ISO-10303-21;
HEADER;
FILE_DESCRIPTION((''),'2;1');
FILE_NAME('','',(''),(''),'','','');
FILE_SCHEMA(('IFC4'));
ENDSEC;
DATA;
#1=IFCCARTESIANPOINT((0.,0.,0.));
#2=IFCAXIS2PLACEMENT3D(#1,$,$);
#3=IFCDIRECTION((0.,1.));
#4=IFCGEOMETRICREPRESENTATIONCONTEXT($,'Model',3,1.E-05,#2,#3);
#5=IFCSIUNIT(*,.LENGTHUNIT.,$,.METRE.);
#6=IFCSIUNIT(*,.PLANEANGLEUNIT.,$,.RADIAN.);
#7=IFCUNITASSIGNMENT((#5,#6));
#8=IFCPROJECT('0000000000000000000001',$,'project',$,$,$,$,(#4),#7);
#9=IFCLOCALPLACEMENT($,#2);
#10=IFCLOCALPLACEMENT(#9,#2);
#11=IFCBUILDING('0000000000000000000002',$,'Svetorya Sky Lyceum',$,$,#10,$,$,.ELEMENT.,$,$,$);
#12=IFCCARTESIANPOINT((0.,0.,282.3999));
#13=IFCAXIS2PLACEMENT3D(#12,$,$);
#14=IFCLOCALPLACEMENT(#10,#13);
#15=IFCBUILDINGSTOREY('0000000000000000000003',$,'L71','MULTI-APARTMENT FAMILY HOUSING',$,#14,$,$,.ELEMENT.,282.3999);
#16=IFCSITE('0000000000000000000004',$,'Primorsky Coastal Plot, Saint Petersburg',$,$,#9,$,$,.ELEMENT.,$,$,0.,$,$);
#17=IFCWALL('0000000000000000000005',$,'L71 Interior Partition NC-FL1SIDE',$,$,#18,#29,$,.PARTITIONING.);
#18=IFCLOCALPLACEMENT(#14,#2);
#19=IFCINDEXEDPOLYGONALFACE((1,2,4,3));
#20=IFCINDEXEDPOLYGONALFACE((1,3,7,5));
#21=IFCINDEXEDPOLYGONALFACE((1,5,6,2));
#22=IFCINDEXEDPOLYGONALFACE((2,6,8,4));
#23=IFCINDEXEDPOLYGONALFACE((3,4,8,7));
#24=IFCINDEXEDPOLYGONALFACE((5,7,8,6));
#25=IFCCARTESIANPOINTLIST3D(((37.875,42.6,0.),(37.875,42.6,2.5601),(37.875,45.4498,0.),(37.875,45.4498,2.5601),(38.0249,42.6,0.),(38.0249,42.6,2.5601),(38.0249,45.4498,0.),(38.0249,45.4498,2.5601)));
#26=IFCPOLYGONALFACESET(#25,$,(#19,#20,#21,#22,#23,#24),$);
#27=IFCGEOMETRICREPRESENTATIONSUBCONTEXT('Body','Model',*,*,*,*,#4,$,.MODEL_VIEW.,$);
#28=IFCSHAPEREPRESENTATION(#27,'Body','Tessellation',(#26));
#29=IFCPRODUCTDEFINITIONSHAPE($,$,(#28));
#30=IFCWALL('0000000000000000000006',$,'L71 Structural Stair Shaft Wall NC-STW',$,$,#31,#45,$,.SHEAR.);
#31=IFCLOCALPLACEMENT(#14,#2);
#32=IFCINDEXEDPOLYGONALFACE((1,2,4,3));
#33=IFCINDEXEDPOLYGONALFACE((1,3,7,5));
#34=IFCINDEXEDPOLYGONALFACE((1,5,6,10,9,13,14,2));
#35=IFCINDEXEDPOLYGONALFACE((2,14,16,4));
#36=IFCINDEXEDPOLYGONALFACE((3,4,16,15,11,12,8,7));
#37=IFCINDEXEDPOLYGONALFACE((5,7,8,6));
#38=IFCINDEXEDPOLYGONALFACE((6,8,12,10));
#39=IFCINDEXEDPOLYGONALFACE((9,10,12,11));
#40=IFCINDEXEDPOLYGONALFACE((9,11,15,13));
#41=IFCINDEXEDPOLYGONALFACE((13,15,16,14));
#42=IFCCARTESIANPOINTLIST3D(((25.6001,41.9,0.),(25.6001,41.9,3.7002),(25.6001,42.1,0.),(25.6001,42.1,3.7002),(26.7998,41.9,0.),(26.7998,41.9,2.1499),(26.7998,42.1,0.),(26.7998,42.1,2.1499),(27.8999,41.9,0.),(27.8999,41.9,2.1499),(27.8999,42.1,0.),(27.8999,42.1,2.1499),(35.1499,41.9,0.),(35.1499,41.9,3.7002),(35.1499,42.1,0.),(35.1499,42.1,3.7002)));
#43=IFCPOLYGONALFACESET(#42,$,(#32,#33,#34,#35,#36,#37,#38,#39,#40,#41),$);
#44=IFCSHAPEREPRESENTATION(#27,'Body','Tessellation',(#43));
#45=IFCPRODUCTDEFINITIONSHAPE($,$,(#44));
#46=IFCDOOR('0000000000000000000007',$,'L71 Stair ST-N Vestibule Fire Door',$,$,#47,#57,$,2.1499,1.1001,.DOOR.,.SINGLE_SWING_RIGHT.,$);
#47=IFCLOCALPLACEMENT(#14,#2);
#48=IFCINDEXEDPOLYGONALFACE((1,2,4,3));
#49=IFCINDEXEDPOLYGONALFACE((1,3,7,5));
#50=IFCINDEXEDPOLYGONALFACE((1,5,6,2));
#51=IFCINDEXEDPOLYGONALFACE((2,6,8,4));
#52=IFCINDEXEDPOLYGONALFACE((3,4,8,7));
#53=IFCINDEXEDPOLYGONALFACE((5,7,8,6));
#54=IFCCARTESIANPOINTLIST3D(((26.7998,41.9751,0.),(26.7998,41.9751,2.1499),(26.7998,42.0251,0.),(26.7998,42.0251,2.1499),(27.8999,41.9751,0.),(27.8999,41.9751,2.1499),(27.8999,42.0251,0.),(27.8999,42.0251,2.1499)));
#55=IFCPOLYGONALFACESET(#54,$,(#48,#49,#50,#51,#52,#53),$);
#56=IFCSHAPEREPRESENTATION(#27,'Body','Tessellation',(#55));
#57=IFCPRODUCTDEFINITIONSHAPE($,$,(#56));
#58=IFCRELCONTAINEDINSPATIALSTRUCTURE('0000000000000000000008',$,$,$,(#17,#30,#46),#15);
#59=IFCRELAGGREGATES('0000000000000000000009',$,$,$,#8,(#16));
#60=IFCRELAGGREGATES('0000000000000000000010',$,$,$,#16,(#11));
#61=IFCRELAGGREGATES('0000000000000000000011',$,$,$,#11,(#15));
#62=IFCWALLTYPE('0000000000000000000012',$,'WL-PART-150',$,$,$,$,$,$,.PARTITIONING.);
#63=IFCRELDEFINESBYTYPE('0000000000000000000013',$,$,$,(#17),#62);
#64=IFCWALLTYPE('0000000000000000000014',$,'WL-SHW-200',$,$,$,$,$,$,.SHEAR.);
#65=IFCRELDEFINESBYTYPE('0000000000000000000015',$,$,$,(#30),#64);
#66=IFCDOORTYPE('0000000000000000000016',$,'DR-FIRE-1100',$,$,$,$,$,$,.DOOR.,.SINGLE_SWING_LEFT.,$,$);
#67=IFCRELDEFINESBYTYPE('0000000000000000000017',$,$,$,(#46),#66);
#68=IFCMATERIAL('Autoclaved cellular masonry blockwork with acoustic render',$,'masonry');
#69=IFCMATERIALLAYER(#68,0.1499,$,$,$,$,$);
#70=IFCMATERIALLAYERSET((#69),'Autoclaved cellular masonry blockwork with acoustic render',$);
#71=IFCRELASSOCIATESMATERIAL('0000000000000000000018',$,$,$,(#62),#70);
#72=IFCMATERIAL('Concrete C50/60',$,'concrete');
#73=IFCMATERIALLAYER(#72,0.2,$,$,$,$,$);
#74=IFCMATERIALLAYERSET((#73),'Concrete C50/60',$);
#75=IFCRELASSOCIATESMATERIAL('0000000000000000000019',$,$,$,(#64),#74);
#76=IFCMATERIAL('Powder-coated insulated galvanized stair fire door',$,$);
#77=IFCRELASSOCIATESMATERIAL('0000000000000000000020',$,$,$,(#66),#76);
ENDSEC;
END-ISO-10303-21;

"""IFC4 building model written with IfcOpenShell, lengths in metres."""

from ifc_helpers import new_model, si_unit, direction, frame, frame_2d, origin, place, context, subcontext, project, spatial, rectangle, extrude, material, layer, layer_set, type_object, element, fill, save


model = new_model("IFC4")

# Units and contexts
model_context = context("Model", 3, precision=1e-05, world=origin(), true_north=direction((0.0, 1.0)))
body_context = subcontext(model_context, "Body", "Model", "MODEL_VIEW")
ifc_project = project(units=[si_unit("LENGTHUNIT", "METRE"), si_unit("PLANEANGLEUNIT", "RADIAN")], contexts=[model_context])

# Site, building, storey
site_placement = place(None, origin())
site = spatial("IfcSite", under=ifc_project, at=site_placement, Name="Primorsky Coastal Plot, Saint Petersburg", CompositionType="ELEMENT", RefElevation=0.0)
building_placement = place(site_placement, origin())
building = spatial("IfcBuilding", under=site, at=building_placement, Name="Svetorya Sky Lyceum", CompositionType="ELEMENT")
storey_placement = place(building_placement, frame((0.0, 0.0, 282.3999)))
storey = spatial("IfcBuildingStorey", under=building, at=storey_placement, Name="L71", Description="MULTI-APARTMENT FAMILY HOUSING", CompositionType="ELEMENT", Elevation=282.3999)

# Shared definitions
ifc_material_1 = material(Name="Autoclaved cellular masonry blockwork with acoustic render", Category="masonry")
ifc_layer_1 = layer(ifc_material_1, 0.1499)
ifc_layer_set_1 = layer_set([ifc_layer_1], Name="Autoclaved cellular masonry blockwork with acoustic render")
wall_type_1 = type_object("IfcWallType", Name="WL-PART-150", PredefinedType="PARTITIONING", material=ifc_layer_set_1)

# Wall
wall_1_placement = place(storey_placement, frame((37.95, 42.6001, 0.0), z_axis=(0.0, 0.0, 1.0), x_axis=(0.0, 1.0, 0.0)))
element("IfcWall", 1, at=wall_1_placement, inside=storey, type_object=wall_type_1, Name="L71 Interior Partition NC-FL1SIDE", PredefinedType="PARTITIONING", context=body_context, shape_type="SweptSolid", body=[
    extrude(rectangle(XDim=2.8499, YDim=0.1499, at=frame_2d((1.4248, 0.0))), origin(), (0.0, 0.0, 1.0), 2.5601),
])

# Wall, opening, door
ifc_material_2 = material(Name="Concrete C50/60", Category="concrete")
ifc_layer_2 = layer(ifc_material_2, 0.2)
ifc_layer_set_2 = layer_set([ifc_layer_2], Name="Concrete C50/60")
wall_type_2 = type_object("IfcWallType", Name="WL-SHW-200", PredefinedType="SHEAR", material=ifc_layer_set_2)
wall_2_placement = place(storey_placement, frame((35.1499, 42.0, 0.0), z_axis=(0.0, 0.0, 1.0), x_axis=(-1.0, 0.0, 0.0)))
wall_2 = element("IfcWall", 2, at=wall_2_placement, inside=storey, type_object=wall_type_2, Name="L71 Structural Stair Shaft Wall NC-STW", PredefinedType="SHEAR", context=body_context, shape_type="SweptSolid", body=[
    extrude(rectangle(XDim=9.5498, YDim=0.2, at=frame_2d((4.7749, 0.0))), origin(), (0.0, 0.0, 1.0), 3.7002),
])
opening_1_placement = place(wall_2_placement, frame((7.25, 0.0, 0.0)))
opening_1 = element("IfcOpeningElement", 3, at=opening_1_placement, cuts=wall_2, PredefinedType="OPENING", context=body_context, shape_type="SweptSolid", body=[
    extrude(rectangle(XDim=1.1001, YDim=2.1499, at=frame_2d((0.55, 1.075))), frame((0.0, 0.1099, 0.0), z_axis=(0.0, -1.0, 0.0), x_axis=(1.0, 0.0, 0.0)), (0.0, 0.0, 1.0), 0.22),
])
ifc_material_3 = material(Name="Powder-coated insulated galvanized stair fire door")
door_type_1 = type_object("IfcDoorType", Name="DR-FIRE-1100", OperationType="SINGLE_SWING_LEFT", PredefinedType="DOOR", material=ifc_material_3)
door_1_placement = place(opening_1_placement, origin())
door_1 = element("IfcDoor", 4, at=door_1_placement, inside=storey, type_object=door_type_1, Name="L71 Stair ST-N Vestibule Fire Door", OperationType="SINGLE_SWING_RIGHT", OverallHeight=2.1499, OverallWidth=1.1001, PredefinedType="DOOR", context=body_context, shape_type="SweptSolid", body=[
    extrude(rectangle(XDim=1.1001, YDim=2.1499, at=frame_2d((0.55, 1.075))), frame((0.0, 0.0249, 0.0), z_axis=(0.0, -1.0, 0.0), x_axis=(1.0, 0.0, 0.0)), (0.0, 0.0, 1.0), 0.05),
])
fill(opening_1, door_1)

save(model, "model.ifc")
